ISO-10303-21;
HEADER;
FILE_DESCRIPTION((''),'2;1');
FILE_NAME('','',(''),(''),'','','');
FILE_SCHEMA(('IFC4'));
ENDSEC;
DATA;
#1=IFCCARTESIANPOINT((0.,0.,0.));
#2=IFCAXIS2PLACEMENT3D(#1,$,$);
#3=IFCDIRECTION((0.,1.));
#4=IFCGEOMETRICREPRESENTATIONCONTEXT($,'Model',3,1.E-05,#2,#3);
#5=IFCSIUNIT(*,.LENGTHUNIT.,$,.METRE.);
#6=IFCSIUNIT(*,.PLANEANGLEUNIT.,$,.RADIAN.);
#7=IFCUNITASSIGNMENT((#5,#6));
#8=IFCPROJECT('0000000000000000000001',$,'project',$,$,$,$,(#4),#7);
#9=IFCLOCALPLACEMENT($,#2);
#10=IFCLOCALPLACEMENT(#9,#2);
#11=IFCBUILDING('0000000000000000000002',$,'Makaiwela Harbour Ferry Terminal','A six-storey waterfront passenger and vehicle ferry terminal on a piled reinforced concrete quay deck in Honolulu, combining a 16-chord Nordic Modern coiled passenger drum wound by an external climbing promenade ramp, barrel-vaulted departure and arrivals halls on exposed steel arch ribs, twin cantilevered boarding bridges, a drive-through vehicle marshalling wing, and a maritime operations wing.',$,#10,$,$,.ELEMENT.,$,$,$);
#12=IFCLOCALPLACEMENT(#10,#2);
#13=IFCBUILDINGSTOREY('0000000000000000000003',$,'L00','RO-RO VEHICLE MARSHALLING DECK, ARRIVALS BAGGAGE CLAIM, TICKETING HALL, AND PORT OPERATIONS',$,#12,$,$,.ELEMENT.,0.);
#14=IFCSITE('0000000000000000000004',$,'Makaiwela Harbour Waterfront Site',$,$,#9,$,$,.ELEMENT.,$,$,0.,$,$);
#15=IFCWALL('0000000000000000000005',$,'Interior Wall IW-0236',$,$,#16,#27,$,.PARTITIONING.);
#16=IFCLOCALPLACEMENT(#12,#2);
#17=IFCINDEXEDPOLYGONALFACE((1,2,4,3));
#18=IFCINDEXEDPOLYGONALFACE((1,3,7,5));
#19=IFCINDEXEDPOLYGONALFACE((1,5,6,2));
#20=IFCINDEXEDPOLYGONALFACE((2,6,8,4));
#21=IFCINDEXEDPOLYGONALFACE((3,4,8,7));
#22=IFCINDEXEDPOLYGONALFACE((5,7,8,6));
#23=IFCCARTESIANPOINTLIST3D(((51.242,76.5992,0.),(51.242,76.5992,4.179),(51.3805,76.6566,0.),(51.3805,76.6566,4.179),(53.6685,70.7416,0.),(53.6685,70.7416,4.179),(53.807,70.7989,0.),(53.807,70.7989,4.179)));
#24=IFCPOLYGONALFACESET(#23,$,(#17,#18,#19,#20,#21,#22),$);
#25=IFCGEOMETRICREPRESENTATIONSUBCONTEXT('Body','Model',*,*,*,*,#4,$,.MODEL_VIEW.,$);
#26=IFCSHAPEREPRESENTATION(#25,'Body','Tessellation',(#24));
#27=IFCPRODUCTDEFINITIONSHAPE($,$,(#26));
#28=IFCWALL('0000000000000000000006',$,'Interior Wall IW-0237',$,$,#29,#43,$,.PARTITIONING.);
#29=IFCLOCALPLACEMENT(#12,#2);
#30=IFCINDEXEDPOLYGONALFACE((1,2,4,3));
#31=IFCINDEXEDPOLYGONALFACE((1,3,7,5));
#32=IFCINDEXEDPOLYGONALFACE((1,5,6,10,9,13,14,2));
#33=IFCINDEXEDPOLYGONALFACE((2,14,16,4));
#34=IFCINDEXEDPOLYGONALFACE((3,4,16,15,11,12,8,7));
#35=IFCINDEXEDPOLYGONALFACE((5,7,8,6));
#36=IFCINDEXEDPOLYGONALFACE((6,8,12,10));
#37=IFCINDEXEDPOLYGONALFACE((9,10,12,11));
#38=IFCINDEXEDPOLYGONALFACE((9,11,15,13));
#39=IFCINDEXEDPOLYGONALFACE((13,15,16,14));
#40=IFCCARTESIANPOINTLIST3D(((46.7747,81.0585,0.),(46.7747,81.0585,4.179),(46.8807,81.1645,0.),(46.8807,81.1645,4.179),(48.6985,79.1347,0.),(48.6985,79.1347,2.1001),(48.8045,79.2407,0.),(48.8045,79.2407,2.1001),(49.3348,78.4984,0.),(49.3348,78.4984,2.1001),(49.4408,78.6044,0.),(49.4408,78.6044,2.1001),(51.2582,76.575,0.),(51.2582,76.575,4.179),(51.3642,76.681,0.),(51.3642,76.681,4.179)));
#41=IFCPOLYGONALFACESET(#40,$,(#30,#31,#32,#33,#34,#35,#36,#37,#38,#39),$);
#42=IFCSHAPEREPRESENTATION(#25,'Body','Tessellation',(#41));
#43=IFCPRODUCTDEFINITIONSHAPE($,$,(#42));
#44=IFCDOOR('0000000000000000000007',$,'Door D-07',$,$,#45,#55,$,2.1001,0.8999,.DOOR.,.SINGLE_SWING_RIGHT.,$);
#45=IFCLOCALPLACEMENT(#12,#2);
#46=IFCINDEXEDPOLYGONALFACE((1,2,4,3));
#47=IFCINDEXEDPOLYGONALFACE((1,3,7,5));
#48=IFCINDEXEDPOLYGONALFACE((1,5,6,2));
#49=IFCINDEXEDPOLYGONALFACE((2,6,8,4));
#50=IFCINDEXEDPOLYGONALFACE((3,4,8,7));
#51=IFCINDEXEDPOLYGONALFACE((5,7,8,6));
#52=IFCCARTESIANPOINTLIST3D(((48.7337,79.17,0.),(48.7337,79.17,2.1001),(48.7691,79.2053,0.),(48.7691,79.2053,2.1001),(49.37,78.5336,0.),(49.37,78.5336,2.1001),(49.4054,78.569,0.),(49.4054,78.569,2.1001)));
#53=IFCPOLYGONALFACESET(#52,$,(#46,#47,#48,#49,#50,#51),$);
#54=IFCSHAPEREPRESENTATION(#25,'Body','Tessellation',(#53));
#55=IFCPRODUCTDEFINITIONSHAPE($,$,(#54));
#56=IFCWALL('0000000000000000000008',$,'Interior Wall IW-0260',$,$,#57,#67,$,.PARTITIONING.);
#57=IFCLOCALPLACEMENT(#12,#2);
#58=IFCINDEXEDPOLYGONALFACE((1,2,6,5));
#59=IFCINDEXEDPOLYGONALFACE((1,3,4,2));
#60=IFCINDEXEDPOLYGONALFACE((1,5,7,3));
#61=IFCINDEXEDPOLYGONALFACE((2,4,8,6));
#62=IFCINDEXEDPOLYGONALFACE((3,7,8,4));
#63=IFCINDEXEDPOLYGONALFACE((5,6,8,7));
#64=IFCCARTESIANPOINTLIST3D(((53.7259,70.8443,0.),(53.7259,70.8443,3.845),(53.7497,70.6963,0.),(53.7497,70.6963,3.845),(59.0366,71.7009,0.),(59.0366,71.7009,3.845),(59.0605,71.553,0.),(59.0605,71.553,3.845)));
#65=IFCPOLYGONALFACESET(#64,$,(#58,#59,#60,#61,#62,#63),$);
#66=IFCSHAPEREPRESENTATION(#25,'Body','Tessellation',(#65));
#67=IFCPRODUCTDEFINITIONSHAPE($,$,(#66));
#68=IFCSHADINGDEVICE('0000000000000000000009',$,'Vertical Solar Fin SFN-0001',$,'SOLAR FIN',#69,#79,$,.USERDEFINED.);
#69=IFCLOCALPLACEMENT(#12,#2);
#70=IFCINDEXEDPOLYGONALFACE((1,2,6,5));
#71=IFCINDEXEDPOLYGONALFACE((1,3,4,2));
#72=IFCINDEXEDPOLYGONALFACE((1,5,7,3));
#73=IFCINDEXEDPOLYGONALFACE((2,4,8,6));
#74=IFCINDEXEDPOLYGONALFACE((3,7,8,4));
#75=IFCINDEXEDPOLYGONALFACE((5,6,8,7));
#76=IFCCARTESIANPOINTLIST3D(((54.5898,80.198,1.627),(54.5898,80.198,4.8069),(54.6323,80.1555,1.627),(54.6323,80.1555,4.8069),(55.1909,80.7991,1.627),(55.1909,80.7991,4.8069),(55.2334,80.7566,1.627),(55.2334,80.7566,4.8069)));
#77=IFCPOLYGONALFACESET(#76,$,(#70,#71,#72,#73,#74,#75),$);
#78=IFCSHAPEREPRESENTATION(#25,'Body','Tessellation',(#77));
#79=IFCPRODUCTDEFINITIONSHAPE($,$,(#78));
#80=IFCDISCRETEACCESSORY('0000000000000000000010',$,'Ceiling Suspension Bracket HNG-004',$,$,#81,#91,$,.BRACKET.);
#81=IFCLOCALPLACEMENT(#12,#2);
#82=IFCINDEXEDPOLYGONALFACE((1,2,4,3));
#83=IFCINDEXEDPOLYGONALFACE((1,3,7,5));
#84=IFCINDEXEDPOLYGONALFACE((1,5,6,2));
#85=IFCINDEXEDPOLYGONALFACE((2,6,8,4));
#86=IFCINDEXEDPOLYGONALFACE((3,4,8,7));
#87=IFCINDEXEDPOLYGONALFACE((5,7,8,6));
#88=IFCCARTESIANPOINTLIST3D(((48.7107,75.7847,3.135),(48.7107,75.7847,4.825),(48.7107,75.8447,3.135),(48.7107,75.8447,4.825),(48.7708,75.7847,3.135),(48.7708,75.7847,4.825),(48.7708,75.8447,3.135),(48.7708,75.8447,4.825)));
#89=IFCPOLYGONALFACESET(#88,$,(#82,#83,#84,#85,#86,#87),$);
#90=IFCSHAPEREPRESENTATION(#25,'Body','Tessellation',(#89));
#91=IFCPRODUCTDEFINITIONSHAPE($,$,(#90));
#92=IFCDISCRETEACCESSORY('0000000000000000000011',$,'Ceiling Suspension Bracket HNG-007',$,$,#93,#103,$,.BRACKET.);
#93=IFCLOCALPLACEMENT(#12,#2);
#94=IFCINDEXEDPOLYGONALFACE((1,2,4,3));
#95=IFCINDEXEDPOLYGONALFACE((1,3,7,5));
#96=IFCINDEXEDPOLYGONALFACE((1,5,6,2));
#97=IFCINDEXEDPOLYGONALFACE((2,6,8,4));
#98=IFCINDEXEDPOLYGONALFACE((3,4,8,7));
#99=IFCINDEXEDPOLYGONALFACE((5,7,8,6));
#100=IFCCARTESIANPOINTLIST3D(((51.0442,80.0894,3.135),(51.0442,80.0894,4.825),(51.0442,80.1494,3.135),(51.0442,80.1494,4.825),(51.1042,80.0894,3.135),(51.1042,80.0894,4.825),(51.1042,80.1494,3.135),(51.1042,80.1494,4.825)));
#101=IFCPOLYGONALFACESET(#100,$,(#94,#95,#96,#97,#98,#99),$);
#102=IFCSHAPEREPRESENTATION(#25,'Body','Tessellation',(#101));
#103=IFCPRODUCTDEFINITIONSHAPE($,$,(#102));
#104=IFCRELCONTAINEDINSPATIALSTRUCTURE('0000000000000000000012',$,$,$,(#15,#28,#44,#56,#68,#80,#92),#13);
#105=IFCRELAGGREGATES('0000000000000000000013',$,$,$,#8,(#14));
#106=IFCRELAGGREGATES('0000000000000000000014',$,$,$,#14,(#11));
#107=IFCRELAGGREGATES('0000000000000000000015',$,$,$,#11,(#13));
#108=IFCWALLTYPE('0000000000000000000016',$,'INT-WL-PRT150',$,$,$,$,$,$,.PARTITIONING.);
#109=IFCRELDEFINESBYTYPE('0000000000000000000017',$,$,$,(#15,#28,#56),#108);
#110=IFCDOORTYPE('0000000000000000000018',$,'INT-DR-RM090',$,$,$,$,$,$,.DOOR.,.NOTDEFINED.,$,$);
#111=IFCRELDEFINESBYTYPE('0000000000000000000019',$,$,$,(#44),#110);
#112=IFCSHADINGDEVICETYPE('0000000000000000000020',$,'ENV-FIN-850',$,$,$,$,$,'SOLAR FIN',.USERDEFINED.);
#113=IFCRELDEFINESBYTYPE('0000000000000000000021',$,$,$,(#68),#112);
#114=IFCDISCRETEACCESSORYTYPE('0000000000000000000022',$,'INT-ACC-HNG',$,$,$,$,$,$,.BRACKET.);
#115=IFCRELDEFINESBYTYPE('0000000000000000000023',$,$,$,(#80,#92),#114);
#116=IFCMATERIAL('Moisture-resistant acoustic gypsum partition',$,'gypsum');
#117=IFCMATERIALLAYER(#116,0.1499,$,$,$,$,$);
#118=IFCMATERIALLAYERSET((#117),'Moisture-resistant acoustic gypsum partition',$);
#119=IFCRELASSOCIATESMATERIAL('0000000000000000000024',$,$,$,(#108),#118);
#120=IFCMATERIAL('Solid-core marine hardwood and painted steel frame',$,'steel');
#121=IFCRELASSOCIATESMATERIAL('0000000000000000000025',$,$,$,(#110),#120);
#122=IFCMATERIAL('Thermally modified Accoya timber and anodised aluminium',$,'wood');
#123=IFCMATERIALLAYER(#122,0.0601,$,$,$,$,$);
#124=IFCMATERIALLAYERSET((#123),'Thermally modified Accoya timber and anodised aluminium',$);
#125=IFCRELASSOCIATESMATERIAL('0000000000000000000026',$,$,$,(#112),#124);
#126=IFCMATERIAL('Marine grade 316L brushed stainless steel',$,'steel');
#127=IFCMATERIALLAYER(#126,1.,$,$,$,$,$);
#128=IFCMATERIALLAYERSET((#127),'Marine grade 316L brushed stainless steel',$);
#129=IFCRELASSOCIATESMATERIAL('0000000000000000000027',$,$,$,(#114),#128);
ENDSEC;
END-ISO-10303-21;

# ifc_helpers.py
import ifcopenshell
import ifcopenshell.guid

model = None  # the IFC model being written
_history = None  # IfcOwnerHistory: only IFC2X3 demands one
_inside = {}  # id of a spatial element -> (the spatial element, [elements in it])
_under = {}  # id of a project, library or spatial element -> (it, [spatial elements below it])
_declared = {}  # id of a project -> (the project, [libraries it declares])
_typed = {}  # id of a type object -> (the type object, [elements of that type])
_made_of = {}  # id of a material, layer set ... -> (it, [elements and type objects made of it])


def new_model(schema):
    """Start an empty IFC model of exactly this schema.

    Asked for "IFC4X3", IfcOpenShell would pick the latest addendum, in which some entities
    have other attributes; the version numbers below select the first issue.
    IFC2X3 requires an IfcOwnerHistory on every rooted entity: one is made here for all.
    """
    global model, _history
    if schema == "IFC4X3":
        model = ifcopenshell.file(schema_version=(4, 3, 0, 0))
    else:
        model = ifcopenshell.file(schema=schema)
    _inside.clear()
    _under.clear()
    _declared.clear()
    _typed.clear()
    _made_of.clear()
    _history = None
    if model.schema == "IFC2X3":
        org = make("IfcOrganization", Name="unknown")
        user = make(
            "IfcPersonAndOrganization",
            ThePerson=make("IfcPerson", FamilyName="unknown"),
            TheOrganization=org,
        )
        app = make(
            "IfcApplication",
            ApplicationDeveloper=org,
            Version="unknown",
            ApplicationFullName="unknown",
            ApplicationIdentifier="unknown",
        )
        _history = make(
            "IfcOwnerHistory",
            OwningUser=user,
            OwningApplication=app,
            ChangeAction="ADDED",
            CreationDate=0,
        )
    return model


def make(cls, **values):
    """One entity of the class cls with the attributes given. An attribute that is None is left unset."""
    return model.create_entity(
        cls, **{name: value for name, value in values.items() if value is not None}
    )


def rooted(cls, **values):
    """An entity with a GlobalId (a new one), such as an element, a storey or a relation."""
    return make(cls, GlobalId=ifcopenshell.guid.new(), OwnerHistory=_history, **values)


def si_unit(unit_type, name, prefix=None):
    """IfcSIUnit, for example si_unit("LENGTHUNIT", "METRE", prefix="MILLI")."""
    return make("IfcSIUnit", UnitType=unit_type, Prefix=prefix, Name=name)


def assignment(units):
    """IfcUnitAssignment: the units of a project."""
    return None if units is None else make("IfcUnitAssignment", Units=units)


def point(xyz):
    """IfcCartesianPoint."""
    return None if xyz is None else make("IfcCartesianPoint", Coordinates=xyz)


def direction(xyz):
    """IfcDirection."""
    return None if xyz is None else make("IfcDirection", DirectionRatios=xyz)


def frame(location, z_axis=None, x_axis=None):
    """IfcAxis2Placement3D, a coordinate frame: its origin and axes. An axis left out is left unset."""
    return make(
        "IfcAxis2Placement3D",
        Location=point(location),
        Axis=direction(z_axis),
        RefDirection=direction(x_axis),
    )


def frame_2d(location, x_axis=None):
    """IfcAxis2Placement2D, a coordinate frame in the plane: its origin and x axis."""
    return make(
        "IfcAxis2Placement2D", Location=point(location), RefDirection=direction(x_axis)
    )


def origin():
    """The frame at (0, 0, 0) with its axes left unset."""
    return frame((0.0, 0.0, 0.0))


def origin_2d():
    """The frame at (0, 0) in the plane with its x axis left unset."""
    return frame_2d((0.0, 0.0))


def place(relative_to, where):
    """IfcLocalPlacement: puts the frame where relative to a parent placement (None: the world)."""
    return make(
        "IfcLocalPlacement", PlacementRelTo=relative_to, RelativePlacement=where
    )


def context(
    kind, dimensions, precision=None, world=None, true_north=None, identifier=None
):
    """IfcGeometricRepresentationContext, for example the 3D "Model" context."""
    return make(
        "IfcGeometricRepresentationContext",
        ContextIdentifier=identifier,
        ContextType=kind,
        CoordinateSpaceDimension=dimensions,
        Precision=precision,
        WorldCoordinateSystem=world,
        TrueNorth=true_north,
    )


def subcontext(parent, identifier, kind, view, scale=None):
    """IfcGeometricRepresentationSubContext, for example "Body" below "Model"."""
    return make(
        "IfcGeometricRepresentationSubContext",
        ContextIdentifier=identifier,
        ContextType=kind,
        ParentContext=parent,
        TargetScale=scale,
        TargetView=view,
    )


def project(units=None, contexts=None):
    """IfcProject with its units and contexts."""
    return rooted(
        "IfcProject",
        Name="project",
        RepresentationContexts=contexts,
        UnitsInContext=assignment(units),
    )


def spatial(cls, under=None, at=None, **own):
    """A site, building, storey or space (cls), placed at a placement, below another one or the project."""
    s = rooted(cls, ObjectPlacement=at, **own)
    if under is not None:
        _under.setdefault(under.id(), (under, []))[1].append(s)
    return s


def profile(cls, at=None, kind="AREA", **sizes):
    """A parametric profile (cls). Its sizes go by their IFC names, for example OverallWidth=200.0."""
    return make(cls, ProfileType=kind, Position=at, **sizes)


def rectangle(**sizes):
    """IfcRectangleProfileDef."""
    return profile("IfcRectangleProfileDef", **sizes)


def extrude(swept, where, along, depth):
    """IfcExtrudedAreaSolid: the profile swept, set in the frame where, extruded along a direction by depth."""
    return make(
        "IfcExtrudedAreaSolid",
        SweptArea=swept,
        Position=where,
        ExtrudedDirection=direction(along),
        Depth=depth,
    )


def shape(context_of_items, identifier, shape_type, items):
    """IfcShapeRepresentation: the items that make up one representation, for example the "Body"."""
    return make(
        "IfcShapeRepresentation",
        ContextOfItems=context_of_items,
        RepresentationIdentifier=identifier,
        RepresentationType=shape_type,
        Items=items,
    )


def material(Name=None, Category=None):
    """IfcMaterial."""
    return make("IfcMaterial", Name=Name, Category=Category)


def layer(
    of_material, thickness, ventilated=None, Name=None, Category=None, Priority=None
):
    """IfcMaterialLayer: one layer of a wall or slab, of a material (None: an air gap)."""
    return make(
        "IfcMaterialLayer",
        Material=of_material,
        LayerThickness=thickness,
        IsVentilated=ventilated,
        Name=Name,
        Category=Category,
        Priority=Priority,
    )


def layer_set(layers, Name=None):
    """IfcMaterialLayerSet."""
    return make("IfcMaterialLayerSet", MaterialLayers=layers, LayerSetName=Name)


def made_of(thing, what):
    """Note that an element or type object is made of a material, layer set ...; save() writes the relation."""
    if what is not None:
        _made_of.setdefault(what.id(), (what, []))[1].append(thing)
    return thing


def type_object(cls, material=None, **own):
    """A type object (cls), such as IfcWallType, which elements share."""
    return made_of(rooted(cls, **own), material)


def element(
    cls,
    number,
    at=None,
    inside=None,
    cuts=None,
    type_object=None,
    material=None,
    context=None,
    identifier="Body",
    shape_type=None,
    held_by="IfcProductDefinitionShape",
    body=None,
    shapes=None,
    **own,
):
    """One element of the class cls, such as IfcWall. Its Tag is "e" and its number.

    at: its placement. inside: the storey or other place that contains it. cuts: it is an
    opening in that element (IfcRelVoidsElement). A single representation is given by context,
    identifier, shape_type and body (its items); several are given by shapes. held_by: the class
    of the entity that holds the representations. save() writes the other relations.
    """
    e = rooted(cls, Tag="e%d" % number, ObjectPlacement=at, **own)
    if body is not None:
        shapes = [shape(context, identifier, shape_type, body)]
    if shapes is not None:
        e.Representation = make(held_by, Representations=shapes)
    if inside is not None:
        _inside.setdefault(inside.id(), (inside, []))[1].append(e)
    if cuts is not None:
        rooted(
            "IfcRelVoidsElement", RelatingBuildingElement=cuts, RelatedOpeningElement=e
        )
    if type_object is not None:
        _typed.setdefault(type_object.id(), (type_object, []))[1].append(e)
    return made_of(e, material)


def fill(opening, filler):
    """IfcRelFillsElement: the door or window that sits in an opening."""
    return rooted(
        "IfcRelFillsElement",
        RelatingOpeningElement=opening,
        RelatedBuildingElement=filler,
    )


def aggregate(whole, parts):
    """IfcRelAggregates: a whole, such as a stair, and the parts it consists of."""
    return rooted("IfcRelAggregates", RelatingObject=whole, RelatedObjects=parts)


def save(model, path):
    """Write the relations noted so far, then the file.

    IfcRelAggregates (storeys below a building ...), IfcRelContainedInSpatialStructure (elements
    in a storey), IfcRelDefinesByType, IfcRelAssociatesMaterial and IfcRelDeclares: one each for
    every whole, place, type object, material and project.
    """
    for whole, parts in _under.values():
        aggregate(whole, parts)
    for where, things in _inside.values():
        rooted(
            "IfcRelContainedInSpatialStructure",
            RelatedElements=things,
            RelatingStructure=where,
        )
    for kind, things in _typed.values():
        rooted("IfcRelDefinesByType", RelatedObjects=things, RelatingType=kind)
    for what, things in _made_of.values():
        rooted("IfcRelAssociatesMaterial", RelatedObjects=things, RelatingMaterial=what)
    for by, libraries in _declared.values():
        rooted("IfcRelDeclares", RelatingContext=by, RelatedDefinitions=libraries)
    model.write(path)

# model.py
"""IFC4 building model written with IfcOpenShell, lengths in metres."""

from ifc_helpers import new_model, si_unit, direction, frame, frame_2d, origin, origin_2d, place, context, subcontext, project, spatial, rectangle, extrude, material, layer, layer_set, type_object, element, fill, save


model = new_model("IFC4")

# Units and contexts
model_context = context("Model", 3, precision=1e-05, world=origin(), true_north=direction((0.0, 1.0)))
body_context = subcontext(model_context, "Body", "Model", "MODEL_VIEW")
ifc_project = project(units=[si_unit("LENGTHUNIT", "METRE"), si_unit("PLANEANGLEUNIT", "RADIAN")], contexts=[model_context])

# Site, building, storey
site_placement = place(None, origin())
site = spatial("IfcSite", under=ifc_project, at=site_placement, Name="Makaiwela Harbour Waterfront Site", CompositionType="ELEMENT", RefElevation=0.0)
building_placement = place(site_placement, origin())
building = spatial("IfcBuilding", under=site, at=building_placement, Name="Makaiwela Harbour Ferry Terminal", Description="A six-storey waterfront passenger and vehicle ferry terminal on a piled reinforced concrete quay deck in Honolulu, combining a 16-chord Nordic Modern coiled passenger drum wound by an external climbing promenade ramp, barrel-vaulted departure and arrivals halls on exposed steel arch ribs, twin cantilevered boarding bridges, a drive-through vehicle marshalling wing, and a maritime operations wing.", CompositionType="ELEMENT")
storey_placement = place(building_placement, origin())
storey = spatial("IfcBuildingStorey", under=building, at=storey_placement, Name="L00", Description="RO-RO VEHICLE MARSHALLING DECK, ARRIVALS BAGGAGE CLAIM, TICKETING HALL, AND PORT OPERATIONS", CompositionType="ELEMENT", Elevation=0.0)

# Wall
ifc_material_1 = material(Name="Moisture-resistant acoustic gypsum partition", Category="gypsum")
ifc_layer_1 = layer(ifc_material_1, 0.1499)
ifc_layer_set_1 = layer_set([ifc_layer_1], Name="Moisture-resistant acoustic gypsum partition")
wall_type = type_object("IfcWallType", Name="INT-WL-PRT150", PredefinedType="PARTITIONING", material=ifc_layer_set_1)
wall_1_placement = place(storey_placement, frame((53.7378, 70.7703, 0.0), z_axis=(0.0, 0.0, 1.0), x_axis=(-0.382709, 0.923869, 0.0)))
element("IfcWall", 1, at=wall_1_placement, inside=storey, type_object=wall_type, Name="Interior Wall IW-0236", PredefinedType="PARTITIONING", context=body_context, shape_type="SweptSolid", body=[
    extrude(rectangle(XDim=6.3403, YDim=0.1499, at=frame_2d((3.1702, 0.0))), origin(), (0.0, 0.0, 1.0), 4.179),
])

# Wall, opening, door
wall_2_placement = place(storey_placement, frame((51.3113, 76.6279, 0.0), z_axis=(0.0, 0.0, 1.0), x_axis=(-0.707107, 0.707107, 0.0)))
wall_2 = element("IfcWall", 2, at=wall_2_placement, inside=storey, type_object=wall_type, Name="Interior Wall IW-0237", PredefinedType="PARTITIONING", context=body_context, shape_type="SweptSolid", body=[
    extrude(rectangle(XDim=6.3406, YDim=0.1499, at=frame_2d((3.1704, 0.0))), origin(), (0.0, 0.0, 1.0), 4.179),
])
opening_placement = place(wall_2_placement, frame((2.7202, 0.0, 0.0)))
opening = element("IfcOpeningElement", 3, at=opening_placement, cuts=wall_2, PredefinedType="OPENING", context=body_context, shape_type="SweptSolid", body=[
    extrude(rectangle(XDim=0.8999, YDim=2.1001, at=frame_2d((0.45, 1.05))), frame((0.0, 0.085, 0.0), z_axis=(0.0, -1.0, 0.0), x_axis=(1.0, 0.0, 0.0)), (0.0, 0.0, 1.0), 0.1699),
])
ifc_material_2 = material(Name="Solid-core marine hardwood and painted steel frame", Category="steel")
door_type = type_object("IfcDoorType", Name="INT-DR-RM090", OperationType="NOTDEFINED", PredefinedType="DOOR", material=ifc_material_2)
door_placement = place(opening_placement, frame((0.8999, 0.0, 0.0), z_axis=(0.0, 0.0, 1.0), x_axis=(-1.0, 0.0, 0.0)))
door = element("IfcDoor", 4, at=door_placement, inside=storey, type_object=door_type, Name="Door D-07", OperationType="SINGLE_SWING_RIGHT", OverallHeight=2.1001, OverallWidth=0.8999, PredefinedType="DOOR", context=body_context, shape_type="SweptSolid", body=[
    extrude(rectangle(XDim=0.8999, YDim=2.1001, at=frame_2d((0.45, 1.05))), frame((0.0, 0.0249, 0.0), z_axis=(0.0, -1.0, 0.0), x_axis=(1.0, 0.0, 0.0)), (0.0, 0.0, 1.0), 0.05),
])
fill(opening, door)

# Wall
wall_3_placement = place(storey_placement, frame((53.7378, 70.7703, 0.0), z_axis=(0.0, 0.0, 1.0), x_axis=(0.987238, 0.159252, 0.0)))
element("IfcWall", 5, at=wall_3_placement, inside=storey, type_object=wall_type, Name="Interior Wall IW-0260", PredefinedType="PARTITIONING", context=body_context, shape_type="SweptSolid", body=[
    extrude(rectangle(XDim=5.3794, YDim=0.1499, at=frame_2d((2.6897, 0.0))), origin(), (0.0, 0.0, 1.0), 3.845),
])

# Shading device
ifc_material_3 = material(Name="Thermally modified Accoya timber and anodised aluminium", Category="wood")
ifc_layer_2 = layer(ifc_material_3, 0.0601)
ifc_layer_set_2 = layer_set([ifc_layer_2], Name="Thermally modified Accoya timber and anodised aluminium")
shading_device_type = type_object("IfcShadingDeviceType", Name="ENV-FIN-850", ElementType="SOLAR FIN", PredefinedType="USERDEFINED", material=ifc_layer_set_2)
shading_device_placement = place(storey_placement, frame((54.9116, 80.4773, 1.627), z_axis=(0.0, 0.0, 1.0), x_axis=(0.707107, 0.707107, 0.0)))
element("IfcShadingDevice", 6, at=shading_device_placement, inside=storey, type_object=shading_device_type, Name="Vertical Solar Fin SFN-0001", ObjectType="SOLAR FIN", PredefinedType="USERDEFINED", context=body_context, shape_type="SweptSolid", body=[
    extrude(rectangle(XDim=0.8501, YDim=0.0601, at=origin_2d()), origin(), (0.0, 0.0, 1.0), 3.1799),
])

# Discrete accessories
ifc_material_4 = material(Name="Marine grade 316L brushed stainless steel", Category="steel")
ifc_layer_3 = layer(ifc_material_4, 1.0)
ifc_layer_set_3 = layer_set([ifc_layer_3], Name="Marine grade 316L brushed stainless steel")
discrete_accessory_type = type_object("IfcDiscreteAccessoryType", Name="INT-ACC-HNG", PredefinedType="BRACKET", material=ifc_layer_set_3)
for number, where, z_axis, x_axis, name in (
    (7, (48.7407, 75.8147, 3.135), (0.0, 0.0, 1.0), (1.0, 0.0, 0.0), "Ceiling Suspension Bracket HNG-004"),
    (8, (51.0742, 80.1194, 3.135), (0.0, 0.0, 1.0), (1.0, 0.0, 0.0), "Ceiling Suspension Bracket HNG-007"),
):
    element("IfcDiscreteAccessory", number, at=place(storey_placement, frame(where, z_axis=z_axis, x_axis=x_axis)), inside=storey, type_object=discrete_accessory_type, Name=name, PredefinedType="BRACKET", context=body_context, shape_type="SweptSolid", body=[
        extrude(rectangle(XDim=0.0601, YDim=0.0601, at=origin_2d()), origin(), (0.0, 0.0, 1.0), 1.6899),
    ])

save(model, "model.ifc")
